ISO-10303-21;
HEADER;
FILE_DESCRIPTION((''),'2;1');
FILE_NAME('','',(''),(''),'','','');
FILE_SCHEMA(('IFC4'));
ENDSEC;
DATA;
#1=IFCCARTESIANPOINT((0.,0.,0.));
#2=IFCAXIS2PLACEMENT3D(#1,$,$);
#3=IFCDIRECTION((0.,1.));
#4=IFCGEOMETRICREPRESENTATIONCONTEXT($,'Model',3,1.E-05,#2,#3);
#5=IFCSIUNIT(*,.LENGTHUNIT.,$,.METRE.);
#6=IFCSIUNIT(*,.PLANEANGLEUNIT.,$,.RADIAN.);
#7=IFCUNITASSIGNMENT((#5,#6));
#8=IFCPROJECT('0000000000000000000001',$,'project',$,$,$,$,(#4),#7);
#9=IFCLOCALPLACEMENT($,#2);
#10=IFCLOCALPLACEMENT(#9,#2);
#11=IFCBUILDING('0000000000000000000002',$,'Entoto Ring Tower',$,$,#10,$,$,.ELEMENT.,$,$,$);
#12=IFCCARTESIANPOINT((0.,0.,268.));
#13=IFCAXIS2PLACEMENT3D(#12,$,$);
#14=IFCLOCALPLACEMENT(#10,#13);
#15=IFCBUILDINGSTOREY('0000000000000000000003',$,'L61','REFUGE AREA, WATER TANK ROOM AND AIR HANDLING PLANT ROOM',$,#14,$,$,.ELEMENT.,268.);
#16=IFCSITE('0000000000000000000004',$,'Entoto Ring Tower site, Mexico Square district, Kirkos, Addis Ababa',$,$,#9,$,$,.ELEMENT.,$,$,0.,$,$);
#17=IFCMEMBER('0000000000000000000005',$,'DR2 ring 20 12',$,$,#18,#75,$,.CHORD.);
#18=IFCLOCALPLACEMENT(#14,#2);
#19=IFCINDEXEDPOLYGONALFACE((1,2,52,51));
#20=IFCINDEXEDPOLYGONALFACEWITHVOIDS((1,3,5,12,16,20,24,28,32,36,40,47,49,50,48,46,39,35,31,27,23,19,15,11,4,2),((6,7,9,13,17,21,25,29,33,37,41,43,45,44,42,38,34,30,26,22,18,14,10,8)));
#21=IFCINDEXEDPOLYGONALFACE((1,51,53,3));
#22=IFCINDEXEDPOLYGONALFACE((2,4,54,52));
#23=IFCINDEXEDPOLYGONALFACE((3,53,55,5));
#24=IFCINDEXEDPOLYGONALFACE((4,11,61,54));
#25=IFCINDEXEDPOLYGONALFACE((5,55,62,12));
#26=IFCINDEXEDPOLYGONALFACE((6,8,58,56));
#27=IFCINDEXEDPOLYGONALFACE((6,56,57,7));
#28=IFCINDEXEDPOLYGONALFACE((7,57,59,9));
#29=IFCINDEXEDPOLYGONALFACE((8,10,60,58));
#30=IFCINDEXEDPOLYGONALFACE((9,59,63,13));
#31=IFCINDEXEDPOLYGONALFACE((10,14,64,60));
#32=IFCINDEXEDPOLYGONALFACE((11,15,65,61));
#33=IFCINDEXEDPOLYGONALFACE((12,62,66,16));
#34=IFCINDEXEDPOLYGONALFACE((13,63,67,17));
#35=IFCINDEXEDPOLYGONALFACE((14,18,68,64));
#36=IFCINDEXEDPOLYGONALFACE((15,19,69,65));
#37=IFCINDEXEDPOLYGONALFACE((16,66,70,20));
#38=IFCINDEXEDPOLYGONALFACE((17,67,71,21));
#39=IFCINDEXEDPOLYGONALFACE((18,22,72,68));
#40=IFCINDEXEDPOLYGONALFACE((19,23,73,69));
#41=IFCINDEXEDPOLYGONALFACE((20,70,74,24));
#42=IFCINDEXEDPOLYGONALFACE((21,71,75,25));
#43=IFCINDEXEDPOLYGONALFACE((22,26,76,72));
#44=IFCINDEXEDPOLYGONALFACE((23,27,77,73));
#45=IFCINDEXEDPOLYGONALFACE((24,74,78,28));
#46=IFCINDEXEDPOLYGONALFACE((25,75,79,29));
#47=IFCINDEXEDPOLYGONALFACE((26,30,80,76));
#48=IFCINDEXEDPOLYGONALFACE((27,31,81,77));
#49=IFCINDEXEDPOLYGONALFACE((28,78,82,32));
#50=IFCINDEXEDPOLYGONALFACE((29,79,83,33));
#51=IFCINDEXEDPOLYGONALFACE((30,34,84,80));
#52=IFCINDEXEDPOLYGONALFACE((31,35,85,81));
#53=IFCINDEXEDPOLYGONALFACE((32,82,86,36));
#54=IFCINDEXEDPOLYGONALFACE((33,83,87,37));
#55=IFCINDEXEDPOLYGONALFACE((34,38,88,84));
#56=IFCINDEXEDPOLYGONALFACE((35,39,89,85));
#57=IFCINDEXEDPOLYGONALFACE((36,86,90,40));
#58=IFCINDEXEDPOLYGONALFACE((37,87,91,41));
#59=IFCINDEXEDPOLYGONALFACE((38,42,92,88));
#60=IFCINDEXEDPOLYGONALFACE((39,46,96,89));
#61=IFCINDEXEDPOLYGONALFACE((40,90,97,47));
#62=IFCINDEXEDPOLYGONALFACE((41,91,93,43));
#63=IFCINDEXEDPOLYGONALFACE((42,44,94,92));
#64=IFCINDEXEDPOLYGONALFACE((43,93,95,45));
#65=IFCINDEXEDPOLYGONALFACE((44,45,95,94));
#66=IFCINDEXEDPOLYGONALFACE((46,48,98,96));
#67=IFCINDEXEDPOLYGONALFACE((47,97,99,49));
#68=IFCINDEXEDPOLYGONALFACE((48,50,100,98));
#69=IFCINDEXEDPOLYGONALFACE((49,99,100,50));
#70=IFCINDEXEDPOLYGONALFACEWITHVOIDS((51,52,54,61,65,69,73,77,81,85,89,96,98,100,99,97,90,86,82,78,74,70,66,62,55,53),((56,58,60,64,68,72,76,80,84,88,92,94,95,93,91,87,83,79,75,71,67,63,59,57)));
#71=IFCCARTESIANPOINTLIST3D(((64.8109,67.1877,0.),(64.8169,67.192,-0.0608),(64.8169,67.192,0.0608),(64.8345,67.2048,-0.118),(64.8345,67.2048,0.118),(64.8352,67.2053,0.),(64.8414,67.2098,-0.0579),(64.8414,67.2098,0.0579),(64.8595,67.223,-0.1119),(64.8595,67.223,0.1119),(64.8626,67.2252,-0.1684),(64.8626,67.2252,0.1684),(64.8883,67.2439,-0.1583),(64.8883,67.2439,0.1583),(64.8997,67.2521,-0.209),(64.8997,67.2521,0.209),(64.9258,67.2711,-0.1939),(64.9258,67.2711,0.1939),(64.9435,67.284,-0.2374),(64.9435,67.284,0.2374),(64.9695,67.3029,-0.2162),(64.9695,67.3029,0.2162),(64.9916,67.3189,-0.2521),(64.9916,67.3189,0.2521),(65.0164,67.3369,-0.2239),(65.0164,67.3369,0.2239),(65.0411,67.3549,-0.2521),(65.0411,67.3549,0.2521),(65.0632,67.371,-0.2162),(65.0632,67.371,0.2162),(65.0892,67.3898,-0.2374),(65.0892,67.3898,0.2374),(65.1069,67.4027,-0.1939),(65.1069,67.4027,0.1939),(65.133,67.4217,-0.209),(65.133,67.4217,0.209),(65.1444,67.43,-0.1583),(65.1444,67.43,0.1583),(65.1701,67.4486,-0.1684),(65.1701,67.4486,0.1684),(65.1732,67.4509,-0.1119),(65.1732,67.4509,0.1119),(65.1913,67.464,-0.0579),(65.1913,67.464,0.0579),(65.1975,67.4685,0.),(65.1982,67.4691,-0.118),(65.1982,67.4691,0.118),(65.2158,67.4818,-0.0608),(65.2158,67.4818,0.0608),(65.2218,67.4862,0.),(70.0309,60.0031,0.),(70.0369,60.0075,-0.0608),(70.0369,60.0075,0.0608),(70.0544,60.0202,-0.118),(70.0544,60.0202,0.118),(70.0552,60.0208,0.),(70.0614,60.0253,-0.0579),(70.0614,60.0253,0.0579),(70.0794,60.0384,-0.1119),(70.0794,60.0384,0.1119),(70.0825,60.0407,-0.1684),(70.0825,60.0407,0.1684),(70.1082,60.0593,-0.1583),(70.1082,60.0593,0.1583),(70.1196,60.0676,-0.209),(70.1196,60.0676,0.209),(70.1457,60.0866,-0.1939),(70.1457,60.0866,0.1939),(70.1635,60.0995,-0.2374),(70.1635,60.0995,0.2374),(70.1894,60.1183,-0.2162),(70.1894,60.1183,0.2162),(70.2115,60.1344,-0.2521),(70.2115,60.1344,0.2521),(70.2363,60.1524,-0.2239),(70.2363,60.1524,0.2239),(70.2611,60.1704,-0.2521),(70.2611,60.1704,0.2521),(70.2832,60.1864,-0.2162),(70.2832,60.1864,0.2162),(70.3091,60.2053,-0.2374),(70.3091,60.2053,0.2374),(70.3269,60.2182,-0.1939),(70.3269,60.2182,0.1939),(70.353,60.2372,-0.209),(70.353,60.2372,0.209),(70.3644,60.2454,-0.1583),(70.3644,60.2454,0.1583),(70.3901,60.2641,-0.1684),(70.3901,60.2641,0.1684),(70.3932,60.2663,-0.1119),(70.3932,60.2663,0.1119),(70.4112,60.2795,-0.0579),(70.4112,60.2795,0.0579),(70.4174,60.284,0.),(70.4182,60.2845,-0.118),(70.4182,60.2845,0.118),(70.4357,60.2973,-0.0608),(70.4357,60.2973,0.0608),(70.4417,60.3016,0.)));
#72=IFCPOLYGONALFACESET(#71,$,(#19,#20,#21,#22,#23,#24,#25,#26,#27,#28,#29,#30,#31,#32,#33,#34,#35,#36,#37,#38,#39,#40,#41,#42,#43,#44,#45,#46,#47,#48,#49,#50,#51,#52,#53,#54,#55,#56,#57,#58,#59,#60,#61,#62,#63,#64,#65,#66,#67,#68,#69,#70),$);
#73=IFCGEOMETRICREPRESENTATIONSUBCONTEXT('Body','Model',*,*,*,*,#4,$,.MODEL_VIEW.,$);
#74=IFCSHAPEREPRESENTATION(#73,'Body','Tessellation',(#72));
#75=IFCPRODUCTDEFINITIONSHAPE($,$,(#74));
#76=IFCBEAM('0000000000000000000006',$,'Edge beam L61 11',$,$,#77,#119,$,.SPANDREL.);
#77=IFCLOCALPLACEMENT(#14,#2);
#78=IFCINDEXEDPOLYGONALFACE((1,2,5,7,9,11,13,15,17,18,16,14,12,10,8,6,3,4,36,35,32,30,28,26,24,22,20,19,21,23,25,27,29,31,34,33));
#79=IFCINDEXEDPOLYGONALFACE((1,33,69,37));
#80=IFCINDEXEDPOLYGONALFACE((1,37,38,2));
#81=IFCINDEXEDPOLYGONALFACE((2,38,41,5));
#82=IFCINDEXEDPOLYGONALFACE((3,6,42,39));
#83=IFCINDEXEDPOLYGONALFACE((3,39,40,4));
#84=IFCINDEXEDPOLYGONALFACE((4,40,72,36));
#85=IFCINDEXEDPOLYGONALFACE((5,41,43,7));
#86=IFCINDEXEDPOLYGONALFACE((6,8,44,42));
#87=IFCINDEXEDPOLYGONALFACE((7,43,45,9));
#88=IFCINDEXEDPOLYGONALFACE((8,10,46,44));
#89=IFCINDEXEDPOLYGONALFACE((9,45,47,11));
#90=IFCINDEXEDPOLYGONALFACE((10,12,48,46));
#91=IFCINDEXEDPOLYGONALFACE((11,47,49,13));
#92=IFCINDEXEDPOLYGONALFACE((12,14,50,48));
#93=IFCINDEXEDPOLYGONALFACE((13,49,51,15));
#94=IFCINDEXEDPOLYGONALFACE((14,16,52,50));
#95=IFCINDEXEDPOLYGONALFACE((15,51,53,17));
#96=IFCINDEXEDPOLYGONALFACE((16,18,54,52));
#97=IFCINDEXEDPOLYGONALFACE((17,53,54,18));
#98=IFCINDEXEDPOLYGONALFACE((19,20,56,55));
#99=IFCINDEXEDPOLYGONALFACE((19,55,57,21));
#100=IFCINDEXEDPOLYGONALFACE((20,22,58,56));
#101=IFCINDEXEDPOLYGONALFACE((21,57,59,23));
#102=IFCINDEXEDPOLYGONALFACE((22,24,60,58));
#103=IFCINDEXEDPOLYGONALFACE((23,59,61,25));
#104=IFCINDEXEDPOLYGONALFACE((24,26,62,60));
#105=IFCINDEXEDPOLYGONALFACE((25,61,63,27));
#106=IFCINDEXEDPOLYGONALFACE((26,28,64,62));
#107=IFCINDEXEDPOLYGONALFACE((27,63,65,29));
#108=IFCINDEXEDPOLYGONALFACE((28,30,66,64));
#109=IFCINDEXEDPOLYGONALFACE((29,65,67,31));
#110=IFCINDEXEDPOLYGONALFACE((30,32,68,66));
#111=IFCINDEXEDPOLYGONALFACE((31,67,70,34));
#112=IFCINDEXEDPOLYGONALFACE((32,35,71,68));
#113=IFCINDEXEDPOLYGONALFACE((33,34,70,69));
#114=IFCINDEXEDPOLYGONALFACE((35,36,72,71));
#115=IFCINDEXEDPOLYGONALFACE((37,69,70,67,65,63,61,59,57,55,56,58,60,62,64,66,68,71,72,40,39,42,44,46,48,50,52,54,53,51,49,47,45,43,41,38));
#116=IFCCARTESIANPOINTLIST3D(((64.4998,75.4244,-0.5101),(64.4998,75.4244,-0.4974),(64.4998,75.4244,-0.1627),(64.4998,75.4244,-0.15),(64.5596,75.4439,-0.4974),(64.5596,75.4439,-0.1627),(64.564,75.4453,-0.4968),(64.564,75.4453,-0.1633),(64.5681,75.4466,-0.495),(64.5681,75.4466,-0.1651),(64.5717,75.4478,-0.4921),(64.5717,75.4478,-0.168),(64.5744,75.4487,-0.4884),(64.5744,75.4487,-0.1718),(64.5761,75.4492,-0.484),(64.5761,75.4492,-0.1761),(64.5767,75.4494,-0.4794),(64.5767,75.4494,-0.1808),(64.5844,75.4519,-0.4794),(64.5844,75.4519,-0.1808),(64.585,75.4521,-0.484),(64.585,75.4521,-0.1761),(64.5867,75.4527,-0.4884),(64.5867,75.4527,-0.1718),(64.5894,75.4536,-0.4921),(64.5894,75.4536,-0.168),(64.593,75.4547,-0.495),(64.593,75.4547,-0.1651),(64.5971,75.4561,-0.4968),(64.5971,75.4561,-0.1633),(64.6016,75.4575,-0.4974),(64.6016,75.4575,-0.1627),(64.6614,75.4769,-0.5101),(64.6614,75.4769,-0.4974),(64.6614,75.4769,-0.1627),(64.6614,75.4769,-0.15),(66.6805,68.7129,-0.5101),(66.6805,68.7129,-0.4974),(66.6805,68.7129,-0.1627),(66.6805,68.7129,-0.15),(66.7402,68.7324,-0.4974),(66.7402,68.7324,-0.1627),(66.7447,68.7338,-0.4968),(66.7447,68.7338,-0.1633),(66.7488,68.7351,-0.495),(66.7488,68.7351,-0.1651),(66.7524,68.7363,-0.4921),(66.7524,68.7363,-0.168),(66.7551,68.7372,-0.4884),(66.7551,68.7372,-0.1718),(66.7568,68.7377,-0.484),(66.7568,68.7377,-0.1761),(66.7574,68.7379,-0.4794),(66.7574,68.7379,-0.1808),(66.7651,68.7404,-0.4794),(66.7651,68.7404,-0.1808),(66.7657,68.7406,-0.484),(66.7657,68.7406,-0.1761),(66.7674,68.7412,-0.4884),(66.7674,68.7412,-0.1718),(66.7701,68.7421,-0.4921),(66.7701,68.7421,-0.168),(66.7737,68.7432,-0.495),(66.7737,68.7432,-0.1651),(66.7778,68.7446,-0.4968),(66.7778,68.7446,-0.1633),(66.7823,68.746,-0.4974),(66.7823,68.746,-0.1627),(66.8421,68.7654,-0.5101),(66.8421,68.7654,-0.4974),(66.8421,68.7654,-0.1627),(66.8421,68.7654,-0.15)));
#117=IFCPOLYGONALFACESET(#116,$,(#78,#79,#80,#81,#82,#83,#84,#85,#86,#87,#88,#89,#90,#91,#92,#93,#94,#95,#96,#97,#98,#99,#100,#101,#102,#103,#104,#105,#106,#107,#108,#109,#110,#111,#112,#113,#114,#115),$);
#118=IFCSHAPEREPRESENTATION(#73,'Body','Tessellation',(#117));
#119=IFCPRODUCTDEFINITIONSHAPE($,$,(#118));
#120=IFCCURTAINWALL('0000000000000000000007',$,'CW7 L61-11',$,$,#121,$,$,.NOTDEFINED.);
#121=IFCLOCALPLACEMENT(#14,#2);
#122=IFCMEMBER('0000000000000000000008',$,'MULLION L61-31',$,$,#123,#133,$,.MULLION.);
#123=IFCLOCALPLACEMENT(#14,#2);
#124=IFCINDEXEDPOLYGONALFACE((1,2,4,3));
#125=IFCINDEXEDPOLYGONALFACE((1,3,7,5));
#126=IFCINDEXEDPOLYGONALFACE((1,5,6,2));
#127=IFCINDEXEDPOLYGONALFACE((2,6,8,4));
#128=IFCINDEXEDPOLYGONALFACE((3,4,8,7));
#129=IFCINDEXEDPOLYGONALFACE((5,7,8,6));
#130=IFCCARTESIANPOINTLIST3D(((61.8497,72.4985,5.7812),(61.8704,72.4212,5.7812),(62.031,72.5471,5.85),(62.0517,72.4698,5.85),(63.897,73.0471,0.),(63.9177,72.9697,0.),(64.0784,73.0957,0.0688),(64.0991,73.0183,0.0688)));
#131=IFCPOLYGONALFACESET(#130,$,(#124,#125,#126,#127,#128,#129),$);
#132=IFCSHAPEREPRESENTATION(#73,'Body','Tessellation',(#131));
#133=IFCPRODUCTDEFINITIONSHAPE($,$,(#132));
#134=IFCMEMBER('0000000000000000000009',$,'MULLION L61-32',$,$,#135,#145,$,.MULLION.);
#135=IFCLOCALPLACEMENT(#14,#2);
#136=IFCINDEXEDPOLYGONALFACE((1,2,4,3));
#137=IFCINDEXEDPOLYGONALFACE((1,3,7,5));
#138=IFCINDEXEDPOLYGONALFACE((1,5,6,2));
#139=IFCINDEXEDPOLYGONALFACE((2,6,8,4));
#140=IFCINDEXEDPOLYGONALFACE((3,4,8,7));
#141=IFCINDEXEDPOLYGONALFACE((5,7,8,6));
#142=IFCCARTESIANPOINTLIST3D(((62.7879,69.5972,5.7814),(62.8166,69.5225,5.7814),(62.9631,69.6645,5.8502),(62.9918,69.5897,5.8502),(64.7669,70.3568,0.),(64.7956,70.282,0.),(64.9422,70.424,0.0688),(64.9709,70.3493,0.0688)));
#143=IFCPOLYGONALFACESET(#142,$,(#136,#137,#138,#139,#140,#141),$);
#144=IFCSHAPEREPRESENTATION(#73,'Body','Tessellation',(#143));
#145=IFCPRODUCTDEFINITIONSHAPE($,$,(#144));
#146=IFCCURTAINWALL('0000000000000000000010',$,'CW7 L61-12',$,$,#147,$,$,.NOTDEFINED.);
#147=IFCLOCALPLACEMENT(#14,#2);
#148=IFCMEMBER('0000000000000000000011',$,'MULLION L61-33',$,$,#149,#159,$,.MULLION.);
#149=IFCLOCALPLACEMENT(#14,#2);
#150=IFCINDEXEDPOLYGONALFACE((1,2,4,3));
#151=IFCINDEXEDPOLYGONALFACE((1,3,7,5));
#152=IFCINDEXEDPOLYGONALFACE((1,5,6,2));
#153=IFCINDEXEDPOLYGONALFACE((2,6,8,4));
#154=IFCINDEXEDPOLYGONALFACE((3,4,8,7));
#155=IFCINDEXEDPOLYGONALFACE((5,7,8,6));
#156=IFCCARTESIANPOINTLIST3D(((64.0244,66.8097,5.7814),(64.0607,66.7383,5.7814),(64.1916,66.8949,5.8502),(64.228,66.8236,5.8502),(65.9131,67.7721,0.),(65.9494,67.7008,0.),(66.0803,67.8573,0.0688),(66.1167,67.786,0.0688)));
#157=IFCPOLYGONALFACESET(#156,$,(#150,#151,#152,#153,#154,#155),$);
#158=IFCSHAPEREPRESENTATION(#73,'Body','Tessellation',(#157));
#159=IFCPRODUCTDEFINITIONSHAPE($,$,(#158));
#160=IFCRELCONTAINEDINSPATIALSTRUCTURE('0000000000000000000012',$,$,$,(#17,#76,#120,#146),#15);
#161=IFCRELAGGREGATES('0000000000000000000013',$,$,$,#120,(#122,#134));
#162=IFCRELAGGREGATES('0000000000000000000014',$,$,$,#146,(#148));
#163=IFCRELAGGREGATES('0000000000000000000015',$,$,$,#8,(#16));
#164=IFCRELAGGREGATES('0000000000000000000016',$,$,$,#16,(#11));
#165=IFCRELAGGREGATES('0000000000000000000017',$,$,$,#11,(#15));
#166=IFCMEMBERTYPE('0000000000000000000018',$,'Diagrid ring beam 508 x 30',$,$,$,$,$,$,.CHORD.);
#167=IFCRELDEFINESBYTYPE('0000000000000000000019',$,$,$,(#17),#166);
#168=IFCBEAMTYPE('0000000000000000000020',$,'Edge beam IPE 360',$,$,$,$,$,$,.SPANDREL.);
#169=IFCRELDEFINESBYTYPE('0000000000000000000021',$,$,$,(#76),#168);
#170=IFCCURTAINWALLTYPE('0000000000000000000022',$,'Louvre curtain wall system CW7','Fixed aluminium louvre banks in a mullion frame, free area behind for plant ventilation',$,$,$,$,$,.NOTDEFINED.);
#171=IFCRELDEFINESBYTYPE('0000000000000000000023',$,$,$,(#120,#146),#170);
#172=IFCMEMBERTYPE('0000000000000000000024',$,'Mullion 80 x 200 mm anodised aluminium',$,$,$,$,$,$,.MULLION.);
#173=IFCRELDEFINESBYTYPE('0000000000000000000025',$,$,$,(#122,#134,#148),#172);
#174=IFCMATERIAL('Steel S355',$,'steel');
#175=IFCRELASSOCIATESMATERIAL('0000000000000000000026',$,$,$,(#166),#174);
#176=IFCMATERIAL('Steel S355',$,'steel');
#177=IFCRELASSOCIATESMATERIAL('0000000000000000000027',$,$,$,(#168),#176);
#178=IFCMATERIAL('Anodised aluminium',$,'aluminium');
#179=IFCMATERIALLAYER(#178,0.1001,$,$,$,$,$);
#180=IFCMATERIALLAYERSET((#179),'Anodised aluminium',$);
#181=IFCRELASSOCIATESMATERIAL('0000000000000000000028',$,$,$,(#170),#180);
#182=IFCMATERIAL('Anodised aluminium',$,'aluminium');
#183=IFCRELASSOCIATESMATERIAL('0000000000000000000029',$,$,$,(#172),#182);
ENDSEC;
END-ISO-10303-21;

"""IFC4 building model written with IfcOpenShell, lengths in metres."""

from ifc_helpers import new_model, si_unit, direction, frame, origin, origin_2d, place, context, subcontext, project, spatial, rectangle, circle, hollow_circle, i_section, extrude, material, layer, layer_set, material_profile, profile_set, type_object, element, aggregate, save


model = new_model("IFC4")

# Units and contexts
model_context = context("Model", 3, precision=1e-05, world=origin(), true_north=direction((0.0, 1.0)))
body_context = subcontext(model_context, "Body", "Model", "MODEL_VIEW")
ifc_project = project(units=[si_unit("LENGTHUNIT", "METRE"), si_unit("PLANEANGLEUNIT", "RADIAN")], contexts=[model_context])

# Site, building, storey
site_placement = place(None, origin())
site = spatial("IfcSite", under=ifc_project, at=site_placement, Name="Entoto Ring Tower site, Mexico Square district, Kirkos, Addis Ababa", CompositionType="ELEMENT", RefElevation=0.0)
building_placement = place(site_placement, origin())
building = spatial("IfcBuilding", under=site, at=building_placement, Name="Entoto Ring Tower", CompositionType="ELEMENT")
storey_placement = place(building_placement, frame((0.0, 0.0, 268.0)))
storey = spatial("IfcBuildingStorey", under=building, at=storey_placement, Name="L61", Description="REFUGE AREA, WATER TANK ROOM AND AIR HANDLING PLANT ROOM", CompositionType="ELEMENT", Elevation=268.0)

# Member
ifc_material_1 = material(Name="Steel S355", Category="steel")
ifc_material_profile_1 = material_profile(ifc_material_1, hollow_circle(Radius=0.2539, WallThickness=0.03, at=origin_2d()), Name="CHS 508 x 30")
ifc_material_2 = material(Name="Concrete C60/75", Category="concrete")
ifc_material_profile_2 = material_profile(ifc_material_2, circle(Radius=0.2241, at=origin_2d()), Name="Concrete C60/75 infill")
ifc_profile_set_1 = profile_set([ifc_material_profile_1, ifc_material_profile_2], Name="Steel S355")
member_type_1 = type_object("IfcMemberType", Name="Diagrid ring beam 508 x 30", PredefinedType="CHORD", material=ifc_profile_set_1)
for number, where, z_axis, x_axis, name in (
    (1, (65.0164, 67.3369, 0.0), (0.587791, -0.809013, 0.0), (0.809013, 0.587791, 0.0), "DR2 ring 20 12"),
):
    element("IfcMember", number, at=place(storey_placement, frame(where, z_axis=z_axis, x_axis=x_axis)), inside=storey, type_object=member_type_1, Name=name, PredefinedType="CHORD", context=body_context, shape_type="SweptSolid", body=[
        extrude(hollow_circle(Radius=0.2539, WallThickness=0.03, at=origin_2d()), origin(), (0.0, 0.0, 1.0), 8.8806),
    ])

# Beam
ifc_material_3 = material(Name="Steel S355", Category="steel")
ifc_material_profile_3 = material_profile(ifc_material_3, i_section(OverallWidth=0.1699, OverallDepth=0.3601, WebThickness=0.0081, FlangeThickness=0.0127, FilletRadius=0.0181, at=origin_2d()), Name="IPE 360")
ifc_profile_set_2 = profile_set([ifc_material_profile_3], Name="Steel S355")
beam_type = type_object("IfcBeamType", Name="Edge beam IPE 360", PredefinedType="SPANDREL", material=ifc_profile_set_2)
beam_placement = place(storey_placement, frame((64.5806, 75.4507, -0.3301), z_axis=(0.309016, -0.951057, 0.0), x_axis=(0.951057, 0.309016, 0.0)))
element("IfcBeam", 2, at=beam_placement, inside=storey, type_object=beam_type, Name="Edge beam L61 11", PredefinedType="SPANDREL", context=body_context, shape_type="SweptSolid", body=[
    extrude(i_section(OverallWidth=0.1699, OverallDepth=0.3601, WebThickness=0.0081, FlangeThickness=0.0127, FilletRadius=0.0181, at=origin_2d()), origin(), (0.0, 0.0, 1.0), 7.0569),
])

# Curtain wall, members
ifc_material_4 = material(Name="Anodised aluminium", Category="aluminium")
ifc_layer_1 = layer(ifc_material_4, 0.1001)
ifc_layer_set_1 = layer_set([ifc_layer_1], Name="Anodised aluminium")
curtain_wall_type = type_object("IfcCurtainWallType", Name="Louvre curtain wall system CW7", Description="Fixed aluminium louvre banks in a mullion frame, free area behind for plant ventilation", PredefinedType="NOTDEFINED", material=ifc_layer_set_1)
curtain_wall_1_placement = place(storey_placement, origin())
curtain_wall_1 = element("IfcCurtainWall", 3, at=curtain_wall_1_placement, inside=storey, type_object=curtain_wall_type, Name="CW7 L61-11", PredefinedType="NOTDEFINED")
ifc_material_5 = material(Name="Anodised aluminium", Category="aluminium")
ifc_material_profile_4 = material_profile(ifc_material_5, rectangle(XDim=0.0801, YDim=0.2, at=origin_2d()), Name="Mullion 80 x 200 mm anodised aluminium")
ifc_profile_set_3 = profile_set([ifc_material_profile_4], Name="Anodised aluminium")
member_type_2 = type_object("IfcMemberType", Name="Mullion 80 x 200 mm anodised aluminium", PredefinedType="MULLION", material=ifc_profile_set_3)
member_1_placement = place(storey_placement, frame((63.998, 73.0327, 0.0344), z_axis=(-0.332496, -0.089091, 0.938887), x_axis=(0.258817, -0.965926, 0.0)))
member_1 = element("IfcMember", 4, at=member_1_placement, type_object=member_type_2, Name="MULLION L61-31", PredefinedType="MULLION", context=body_context, shape_type="SweptSolid", body=[
    extrude(rectangle(XDim=0.0801, YDim=0.2, at=origin_2d()), origin(), (0.0, 0.0, 1.0), 6.1575),
])
member_2_placement = place(storey_placement, frame((64.8689, 70.353, 0.0344), z_axis=(-0.321391, -0.123347, 0.938879), x_axis=(0.358308, -0.933604, 0.0)))
member_2 = element("IfcMember", 5, at=member_2_placement, type_object=member_type_2, Name="MULLION L61-32", PredefinedType="MULLION", context=body_context, shape_type="SweptSolid", body=[
    extrude(rectangle(XDim=0.0801, YDim=0.2, at=origin_2d()), origin(), (0.0, 0.0, 1.0), 6.1577),
])
aggregate(curtain_wall_1, [member_1, member_2])

# Curtain wall, member
curtain_wall_2_placement = place(storey_placement, origin())
curtain_wall_2 = element("IfcCurtainWall", 6, at=curtain_wall_2_placement, inside=storey, type_object=curtain_wall_type, Name="CW7 L61-12", PredefinedType="NOTDEFINED")
member_3_placement = place(storey_placement, frame((66.0149, 67.7791, 0.0344), z_axis=(-0.306722, -0.156295, 0.938879), x_axis=(0.454019, -0.890992, 0.0)))
member_3 = element("IfcMember", 7, at=member_3_placement, type_object=member_type_2, Name="MULLION L61-33", PredefinedType="MULLION", context=body_context, shape_type="SweptSolid", body=[
    extrude(rectangle(XDim=0.0801, YDim=0.2, at=origin_2d()), origin(), (0.0, 0.0, 1.0), 6.1577),
])
aggregate(curtain_wall_2, [member_3])

save(model, "model.ifc")
